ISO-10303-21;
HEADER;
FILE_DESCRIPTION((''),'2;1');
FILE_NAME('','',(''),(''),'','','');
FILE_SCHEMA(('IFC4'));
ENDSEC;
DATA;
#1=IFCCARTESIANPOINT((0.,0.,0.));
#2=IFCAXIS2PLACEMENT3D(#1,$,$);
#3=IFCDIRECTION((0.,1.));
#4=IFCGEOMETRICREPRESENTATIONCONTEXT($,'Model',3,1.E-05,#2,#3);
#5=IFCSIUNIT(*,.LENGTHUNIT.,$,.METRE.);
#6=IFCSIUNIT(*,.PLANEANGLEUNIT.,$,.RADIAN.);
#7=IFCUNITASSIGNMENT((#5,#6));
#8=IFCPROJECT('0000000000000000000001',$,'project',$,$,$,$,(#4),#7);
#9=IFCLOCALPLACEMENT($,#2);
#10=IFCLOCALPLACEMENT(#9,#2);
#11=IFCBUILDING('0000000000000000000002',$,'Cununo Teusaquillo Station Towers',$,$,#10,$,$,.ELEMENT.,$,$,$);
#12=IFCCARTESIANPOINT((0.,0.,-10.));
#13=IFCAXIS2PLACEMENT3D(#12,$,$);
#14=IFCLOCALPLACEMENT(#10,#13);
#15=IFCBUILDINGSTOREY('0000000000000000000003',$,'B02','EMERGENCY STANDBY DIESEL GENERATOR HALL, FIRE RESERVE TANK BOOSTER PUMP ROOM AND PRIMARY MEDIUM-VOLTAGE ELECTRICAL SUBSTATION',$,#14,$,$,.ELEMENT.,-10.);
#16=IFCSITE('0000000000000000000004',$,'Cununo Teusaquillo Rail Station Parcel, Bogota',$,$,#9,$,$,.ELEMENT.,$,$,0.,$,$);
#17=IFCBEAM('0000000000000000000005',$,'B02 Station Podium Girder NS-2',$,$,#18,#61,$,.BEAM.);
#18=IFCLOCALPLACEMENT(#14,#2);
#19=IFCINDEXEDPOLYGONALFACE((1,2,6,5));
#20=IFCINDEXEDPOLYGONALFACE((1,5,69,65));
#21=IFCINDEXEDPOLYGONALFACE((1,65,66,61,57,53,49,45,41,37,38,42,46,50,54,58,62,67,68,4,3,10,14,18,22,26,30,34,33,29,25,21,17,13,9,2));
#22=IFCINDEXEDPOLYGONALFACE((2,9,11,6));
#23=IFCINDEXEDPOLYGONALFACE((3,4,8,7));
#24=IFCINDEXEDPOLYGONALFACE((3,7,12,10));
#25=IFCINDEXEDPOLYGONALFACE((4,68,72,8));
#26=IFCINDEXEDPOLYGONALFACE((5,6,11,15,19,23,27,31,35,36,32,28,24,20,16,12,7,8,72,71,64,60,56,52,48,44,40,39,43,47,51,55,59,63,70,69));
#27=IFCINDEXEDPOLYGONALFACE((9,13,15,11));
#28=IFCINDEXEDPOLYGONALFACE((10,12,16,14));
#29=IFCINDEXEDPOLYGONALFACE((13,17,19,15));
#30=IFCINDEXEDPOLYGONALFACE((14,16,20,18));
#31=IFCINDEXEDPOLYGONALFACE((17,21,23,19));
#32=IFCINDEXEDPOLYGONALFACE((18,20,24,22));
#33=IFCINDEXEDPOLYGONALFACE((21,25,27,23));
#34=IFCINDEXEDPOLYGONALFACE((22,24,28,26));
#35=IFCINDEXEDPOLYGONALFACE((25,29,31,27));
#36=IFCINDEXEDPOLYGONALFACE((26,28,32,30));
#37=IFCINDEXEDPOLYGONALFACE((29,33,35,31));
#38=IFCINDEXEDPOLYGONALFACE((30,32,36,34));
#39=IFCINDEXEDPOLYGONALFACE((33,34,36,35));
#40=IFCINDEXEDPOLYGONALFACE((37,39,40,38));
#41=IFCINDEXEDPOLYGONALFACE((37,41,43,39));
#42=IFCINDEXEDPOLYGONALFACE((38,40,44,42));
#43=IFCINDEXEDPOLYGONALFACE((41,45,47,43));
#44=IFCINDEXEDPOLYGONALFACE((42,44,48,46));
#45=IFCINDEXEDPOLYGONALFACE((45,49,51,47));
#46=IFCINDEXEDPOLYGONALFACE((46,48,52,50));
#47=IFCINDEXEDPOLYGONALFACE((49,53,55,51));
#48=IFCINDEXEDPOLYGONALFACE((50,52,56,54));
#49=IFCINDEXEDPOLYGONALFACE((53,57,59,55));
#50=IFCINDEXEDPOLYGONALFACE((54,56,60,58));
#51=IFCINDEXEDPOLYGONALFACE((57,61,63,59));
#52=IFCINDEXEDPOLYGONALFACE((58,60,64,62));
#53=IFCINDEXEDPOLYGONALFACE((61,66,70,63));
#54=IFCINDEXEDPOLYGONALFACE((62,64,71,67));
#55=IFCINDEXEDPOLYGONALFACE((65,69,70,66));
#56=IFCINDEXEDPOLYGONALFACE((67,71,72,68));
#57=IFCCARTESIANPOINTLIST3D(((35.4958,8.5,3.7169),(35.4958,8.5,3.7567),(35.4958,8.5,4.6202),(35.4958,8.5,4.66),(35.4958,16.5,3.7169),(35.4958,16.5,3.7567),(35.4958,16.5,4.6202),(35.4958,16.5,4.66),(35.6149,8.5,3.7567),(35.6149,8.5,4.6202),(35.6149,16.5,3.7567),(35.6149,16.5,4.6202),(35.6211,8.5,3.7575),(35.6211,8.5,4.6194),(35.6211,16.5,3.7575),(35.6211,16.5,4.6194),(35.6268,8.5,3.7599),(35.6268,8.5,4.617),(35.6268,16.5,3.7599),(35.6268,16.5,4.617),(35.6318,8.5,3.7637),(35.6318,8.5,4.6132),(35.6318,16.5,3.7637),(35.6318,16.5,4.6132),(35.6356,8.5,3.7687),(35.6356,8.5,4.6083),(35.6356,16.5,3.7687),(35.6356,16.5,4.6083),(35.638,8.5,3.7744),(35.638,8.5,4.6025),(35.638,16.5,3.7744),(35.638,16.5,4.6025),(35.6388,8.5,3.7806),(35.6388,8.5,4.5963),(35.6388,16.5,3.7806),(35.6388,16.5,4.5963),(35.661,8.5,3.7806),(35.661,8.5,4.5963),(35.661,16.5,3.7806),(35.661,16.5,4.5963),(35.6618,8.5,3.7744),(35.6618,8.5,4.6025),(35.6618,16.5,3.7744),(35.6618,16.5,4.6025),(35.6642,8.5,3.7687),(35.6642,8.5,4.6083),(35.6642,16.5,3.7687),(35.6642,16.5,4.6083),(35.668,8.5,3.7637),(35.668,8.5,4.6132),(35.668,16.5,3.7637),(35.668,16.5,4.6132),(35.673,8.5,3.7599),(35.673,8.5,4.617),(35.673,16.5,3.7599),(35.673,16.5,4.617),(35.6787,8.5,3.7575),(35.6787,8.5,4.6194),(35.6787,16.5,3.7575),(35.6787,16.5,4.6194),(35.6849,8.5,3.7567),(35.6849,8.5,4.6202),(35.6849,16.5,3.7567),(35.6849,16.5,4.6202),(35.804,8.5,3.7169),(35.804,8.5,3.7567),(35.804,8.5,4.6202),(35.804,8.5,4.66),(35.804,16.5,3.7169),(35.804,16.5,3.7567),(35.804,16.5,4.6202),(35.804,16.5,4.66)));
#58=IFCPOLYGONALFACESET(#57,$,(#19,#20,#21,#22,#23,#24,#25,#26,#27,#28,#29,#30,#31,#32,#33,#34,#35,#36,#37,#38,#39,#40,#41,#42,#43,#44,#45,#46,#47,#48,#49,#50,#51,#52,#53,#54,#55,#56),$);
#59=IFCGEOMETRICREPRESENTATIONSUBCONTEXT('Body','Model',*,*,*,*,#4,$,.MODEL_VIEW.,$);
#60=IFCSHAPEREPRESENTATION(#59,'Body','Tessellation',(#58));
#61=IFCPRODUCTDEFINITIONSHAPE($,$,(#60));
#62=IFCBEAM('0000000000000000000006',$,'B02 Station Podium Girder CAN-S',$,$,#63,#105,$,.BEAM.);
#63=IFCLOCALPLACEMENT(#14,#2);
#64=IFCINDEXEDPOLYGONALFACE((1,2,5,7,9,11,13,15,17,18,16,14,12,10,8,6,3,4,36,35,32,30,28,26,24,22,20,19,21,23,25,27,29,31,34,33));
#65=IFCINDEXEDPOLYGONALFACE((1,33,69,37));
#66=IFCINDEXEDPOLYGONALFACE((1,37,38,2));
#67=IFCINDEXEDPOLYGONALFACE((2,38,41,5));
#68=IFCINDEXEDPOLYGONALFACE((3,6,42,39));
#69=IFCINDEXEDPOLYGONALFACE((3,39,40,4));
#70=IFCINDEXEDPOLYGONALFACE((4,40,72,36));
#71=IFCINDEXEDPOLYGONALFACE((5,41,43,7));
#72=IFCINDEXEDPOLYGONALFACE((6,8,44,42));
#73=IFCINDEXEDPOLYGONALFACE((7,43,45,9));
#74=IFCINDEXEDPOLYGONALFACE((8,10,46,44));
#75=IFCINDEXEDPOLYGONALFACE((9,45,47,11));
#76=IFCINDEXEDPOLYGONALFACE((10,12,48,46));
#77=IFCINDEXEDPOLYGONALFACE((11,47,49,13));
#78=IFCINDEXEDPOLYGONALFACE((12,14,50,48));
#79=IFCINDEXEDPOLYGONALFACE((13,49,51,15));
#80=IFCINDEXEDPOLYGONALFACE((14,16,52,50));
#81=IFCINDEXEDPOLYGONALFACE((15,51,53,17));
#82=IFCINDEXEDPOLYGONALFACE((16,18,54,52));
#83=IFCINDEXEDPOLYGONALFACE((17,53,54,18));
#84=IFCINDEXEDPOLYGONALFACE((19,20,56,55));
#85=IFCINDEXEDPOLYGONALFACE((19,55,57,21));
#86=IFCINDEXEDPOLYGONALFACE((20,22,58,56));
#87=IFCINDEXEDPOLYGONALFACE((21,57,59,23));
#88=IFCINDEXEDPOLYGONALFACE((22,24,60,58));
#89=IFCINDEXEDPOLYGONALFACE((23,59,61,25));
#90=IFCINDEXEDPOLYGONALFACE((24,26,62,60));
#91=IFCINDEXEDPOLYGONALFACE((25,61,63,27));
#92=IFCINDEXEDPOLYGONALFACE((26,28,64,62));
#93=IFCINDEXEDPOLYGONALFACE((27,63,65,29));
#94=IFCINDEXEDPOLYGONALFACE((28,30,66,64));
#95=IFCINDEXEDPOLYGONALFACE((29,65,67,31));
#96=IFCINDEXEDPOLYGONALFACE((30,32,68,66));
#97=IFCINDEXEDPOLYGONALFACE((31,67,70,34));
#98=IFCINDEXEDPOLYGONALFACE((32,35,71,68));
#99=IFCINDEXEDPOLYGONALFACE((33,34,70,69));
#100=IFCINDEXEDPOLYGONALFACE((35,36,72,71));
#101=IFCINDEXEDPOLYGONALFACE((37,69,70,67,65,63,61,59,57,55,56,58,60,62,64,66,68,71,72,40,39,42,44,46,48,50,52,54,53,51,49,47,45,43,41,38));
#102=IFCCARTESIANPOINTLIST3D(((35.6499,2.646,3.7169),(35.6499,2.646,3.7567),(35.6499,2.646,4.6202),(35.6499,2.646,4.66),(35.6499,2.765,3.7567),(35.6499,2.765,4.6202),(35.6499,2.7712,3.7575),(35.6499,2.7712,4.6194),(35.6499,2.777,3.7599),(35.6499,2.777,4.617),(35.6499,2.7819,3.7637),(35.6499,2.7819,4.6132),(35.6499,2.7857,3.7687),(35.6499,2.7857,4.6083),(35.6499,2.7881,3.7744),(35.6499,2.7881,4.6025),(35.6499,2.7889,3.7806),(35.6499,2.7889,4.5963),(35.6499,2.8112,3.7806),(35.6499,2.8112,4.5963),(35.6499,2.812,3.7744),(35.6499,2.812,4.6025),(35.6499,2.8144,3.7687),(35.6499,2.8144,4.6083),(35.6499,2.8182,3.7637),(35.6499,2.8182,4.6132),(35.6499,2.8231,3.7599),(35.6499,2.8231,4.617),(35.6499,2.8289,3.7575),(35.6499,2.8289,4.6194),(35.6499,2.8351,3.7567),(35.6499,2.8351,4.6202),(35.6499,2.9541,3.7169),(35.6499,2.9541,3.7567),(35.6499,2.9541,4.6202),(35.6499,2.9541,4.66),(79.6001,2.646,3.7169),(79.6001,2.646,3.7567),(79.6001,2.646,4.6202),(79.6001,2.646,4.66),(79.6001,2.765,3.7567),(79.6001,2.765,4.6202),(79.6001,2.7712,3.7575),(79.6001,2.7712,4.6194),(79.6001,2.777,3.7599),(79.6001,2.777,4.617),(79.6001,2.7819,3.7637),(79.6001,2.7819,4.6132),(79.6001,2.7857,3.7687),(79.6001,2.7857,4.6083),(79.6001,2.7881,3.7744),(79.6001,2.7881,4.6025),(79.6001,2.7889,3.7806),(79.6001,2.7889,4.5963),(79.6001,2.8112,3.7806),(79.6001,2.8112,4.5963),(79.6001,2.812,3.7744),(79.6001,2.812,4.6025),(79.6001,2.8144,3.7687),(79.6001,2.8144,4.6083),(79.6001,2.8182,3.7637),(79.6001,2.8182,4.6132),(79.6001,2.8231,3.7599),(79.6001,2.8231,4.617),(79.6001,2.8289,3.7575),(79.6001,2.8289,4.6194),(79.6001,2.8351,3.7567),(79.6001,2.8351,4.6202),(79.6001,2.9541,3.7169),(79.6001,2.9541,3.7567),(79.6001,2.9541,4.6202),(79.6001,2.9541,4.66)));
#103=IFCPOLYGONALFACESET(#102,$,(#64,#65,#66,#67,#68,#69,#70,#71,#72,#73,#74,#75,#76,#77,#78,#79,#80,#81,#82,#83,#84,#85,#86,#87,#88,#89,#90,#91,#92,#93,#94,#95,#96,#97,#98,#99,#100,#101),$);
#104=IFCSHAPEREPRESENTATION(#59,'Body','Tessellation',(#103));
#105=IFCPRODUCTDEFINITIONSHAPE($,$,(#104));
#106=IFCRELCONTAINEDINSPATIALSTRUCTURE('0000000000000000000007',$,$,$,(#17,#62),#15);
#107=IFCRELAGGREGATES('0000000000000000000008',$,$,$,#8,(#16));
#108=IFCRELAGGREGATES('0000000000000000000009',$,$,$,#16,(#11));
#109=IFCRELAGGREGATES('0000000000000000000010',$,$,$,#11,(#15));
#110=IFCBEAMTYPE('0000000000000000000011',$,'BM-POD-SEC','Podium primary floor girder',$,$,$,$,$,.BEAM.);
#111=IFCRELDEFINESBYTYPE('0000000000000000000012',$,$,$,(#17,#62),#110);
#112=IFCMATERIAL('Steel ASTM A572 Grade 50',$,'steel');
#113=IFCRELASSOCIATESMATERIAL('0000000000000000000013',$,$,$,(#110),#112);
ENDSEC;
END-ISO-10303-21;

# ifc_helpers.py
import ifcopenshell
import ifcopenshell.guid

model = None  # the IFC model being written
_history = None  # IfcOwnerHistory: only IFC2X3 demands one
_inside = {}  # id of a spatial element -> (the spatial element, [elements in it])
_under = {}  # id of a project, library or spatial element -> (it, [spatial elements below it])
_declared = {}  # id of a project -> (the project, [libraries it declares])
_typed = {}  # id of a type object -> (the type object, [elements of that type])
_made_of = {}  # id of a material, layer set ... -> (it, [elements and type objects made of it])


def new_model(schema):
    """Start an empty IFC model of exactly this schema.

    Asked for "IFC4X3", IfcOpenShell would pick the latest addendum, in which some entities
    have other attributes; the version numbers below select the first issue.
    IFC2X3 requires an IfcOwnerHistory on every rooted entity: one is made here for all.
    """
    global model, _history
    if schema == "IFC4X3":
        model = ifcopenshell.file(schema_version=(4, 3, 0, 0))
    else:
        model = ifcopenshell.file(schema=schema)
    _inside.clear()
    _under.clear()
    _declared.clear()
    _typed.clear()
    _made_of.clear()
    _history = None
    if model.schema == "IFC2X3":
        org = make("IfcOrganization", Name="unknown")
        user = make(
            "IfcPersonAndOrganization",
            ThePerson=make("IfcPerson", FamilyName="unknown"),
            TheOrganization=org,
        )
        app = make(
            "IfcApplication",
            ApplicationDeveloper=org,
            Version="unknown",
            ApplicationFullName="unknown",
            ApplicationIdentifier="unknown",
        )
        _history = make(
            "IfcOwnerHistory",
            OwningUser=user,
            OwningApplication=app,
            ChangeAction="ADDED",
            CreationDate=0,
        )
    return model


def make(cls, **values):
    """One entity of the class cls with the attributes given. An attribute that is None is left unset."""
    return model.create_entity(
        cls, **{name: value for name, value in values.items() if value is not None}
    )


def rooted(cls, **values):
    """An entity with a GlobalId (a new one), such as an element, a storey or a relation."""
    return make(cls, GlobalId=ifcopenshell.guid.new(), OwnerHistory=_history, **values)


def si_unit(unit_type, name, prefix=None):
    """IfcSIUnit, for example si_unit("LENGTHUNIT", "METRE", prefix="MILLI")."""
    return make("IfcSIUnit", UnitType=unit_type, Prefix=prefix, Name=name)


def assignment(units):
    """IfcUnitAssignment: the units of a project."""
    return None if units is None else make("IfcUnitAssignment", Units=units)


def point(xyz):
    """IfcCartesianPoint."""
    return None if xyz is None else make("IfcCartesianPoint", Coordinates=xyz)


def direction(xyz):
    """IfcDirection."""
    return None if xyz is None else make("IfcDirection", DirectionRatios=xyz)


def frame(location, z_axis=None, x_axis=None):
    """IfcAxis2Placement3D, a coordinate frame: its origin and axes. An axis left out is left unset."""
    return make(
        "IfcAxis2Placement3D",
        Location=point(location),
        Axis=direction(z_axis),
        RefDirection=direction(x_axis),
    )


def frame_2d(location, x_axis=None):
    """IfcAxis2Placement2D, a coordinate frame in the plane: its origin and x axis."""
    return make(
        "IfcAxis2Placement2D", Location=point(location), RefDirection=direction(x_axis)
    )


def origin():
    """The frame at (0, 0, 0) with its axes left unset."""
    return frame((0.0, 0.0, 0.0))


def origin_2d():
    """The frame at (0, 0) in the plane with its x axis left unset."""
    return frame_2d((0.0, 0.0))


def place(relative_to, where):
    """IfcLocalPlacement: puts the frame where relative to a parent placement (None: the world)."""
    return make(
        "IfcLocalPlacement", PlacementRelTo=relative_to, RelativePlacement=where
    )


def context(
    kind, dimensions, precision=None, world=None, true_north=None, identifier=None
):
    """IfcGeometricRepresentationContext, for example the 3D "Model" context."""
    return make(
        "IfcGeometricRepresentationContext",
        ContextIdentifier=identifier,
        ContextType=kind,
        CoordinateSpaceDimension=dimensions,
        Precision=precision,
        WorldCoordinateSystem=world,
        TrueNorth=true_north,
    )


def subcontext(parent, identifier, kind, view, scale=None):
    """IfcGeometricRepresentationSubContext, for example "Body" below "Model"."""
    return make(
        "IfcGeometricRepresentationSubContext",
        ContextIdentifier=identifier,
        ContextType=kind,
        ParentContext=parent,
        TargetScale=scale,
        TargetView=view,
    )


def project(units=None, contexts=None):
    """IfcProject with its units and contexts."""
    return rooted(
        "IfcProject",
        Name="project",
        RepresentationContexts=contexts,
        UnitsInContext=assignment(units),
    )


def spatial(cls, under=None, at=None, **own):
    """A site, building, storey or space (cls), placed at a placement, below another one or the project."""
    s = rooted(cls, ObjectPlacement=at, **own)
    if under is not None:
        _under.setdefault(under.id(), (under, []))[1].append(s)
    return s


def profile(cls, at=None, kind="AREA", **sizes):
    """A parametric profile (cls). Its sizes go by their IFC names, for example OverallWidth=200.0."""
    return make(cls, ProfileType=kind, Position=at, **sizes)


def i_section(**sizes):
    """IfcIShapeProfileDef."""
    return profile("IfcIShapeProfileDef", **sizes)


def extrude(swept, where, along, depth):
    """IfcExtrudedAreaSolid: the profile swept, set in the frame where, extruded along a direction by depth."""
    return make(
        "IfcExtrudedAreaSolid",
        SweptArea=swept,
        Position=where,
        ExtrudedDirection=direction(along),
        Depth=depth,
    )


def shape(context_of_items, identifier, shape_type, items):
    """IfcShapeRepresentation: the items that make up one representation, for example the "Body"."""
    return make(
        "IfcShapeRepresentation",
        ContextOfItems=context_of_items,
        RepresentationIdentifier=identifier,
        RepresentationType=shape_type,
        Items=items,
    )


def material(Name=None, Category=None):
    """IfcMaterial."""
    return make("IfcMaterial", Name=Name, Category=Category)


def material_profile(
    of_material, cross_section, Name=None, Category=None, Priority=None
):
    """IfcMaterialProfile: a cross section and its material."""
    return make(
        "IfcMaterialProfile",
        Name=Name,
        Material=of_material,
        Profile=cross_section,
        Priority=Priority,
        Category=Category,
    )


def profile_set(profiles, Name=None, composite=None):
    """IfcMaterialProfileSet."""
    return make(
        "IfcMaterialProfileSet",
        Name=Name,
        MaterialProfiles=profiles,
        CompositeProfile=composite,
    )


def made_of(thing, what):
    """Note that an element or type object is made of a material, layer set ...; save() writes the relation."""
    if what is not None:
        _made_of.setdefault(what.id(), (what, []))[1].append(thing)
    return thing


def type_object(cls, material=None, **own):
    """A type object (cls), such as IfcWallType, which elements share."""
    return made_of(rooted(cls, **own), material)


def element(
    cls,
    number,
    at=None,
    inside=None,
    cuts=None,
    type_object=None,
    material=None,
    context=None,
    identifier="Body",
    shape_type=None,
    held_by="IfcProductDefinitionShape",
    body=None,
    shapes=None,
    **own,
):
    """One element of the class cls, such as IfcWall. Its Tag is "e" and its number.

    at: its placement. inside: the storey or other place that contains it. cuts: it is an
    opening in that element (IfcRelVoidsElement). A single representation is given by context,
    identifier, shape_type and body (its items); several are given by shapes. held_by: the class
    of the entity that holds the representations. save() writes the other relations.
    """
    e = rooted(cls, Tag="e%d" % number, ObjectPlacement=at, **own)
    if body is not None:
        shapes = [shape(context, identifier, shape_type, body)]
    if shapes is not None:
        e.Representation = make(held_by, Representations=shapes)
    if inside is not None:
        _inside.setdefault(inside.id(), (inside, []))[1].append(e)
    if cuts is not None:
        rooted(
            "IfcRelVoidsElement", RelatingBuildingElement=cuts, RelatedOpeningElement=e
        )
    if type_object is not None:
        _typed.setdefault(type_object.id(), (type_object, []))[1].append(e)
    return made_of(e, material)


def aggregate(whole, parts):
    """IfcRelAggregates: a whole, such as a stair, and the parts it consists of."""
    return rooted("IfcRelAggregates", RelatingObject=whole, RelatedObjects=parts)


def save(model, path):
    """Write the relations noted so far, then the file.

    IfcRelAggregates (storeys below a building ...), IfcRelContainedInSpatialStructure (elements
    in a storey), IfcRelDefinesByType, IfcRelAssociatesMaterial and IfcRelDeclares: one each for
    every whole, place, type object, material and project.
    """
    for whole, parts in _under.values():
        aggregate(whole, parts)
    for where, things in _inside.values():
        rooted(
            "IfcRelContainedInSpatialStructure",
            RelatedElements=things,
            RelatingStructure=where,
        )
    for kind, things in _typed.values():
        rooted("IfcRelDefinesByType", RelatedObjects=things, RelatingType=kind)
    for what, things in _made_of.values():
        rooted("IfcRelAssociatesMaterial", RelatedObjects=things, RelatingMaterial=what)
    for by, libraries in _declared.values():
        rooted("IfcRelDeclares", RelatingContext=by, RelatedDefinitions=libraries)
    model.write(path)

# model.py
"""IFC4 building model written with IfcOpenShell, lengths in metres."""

from ifc_helpers import new_model, si_unit, direction, frame, origin, origin_2d, place, context, subcontext, project, spatial, i_section, extrude, material, material_profile, profile_set, type_object, element, save


model = new_model("IFC4")

# Units and contexts
model_context = context("Model", 3, precision=1e-05, world=origin(), true_north=direction((0.0, 1.0)))
body_context = subcontext(model_context, "Body", "Model", "MODEL_VIEW")
ifc_project = project(units=[si_unit("LENGTHUNIT", "METRE"), si_unit("PLANEANGLEUNIT", "RADIAN")], contexts=[model_context])

# Site, building, storey
site_placement = place(None, origin())
site = spatial("IfcSite", under=ifc_project, at=site_placement, Name="Cununo Teusaquillo Rail Station Parcel, Bogota", CompositionType="ELEMENT", RefElevation=0.0)
building_placement = place(site_placement, origin())
building = spatial("IfcBuilding", under=site, at=building_placement, Name="Cununo Teusaquillo Station Towers", CompositionType="ELEMENT")
storey_placement = place(building_placement, frame((0.0, 0.0, -10.0)))
storey = spatial("IfcBuildingStorey", under=building, at=storey_placement, Name="B02", Description="EMERGENCY STANDBY DIESEL GENERATOR HALL, FIRE RESERVE TANK BOOSTER PUMP ROOM AND PRIMARY MEDIUM-VOLTAGE ELECTRICAL SUBSTATION", CompositionType="ELEMENT", Elevation=-10.0)

# Beams
ifc_material_1 = material(Name="Steel ASTM A572 Grade 50", Category="steel")
ifc_material_profile_1 = material_profile(ifc_material_1, i_section(OverallWidth=0.3081, OverallDepth=0.9431, WebThickness=0.0222, FlangeThickness=0.0398, FilletRadius=0.0239, at=origin_2d()), Name="W36X232")
ifc_profile_set_1 = profile_set([ifc_material_profile_1], Name="Steel ASTM A572 Grade 50")
beam_type_1 = type_object("IfcBeamType", Name="BM-POD-SEC", Description="Podium primary floor girder", PredefinedType="BEAM", material=ifc_profile_set_1)
beam_1_placement = place(storey_placement, frame((35.6499, 8.5, 4.1885), z_axis=(0.0, 1.0, 0.0), x_axis=(-1.0, 0.0, 0.0)))
element("IfcBeam", 1, at=beam_1_placement, inside=storey, type_object=beam_type_1, Name="B02 Station Podium Girder NS-2", PredefinedType="BEAM", context=body_context, shape_type="SweptSolid", body=[
    extrude(i_section(OverallWidth=0.3081, OverallDepth=0.9431, WebThickness=0.0222, FlangeThickness=0.0398, FilletRadius=0.0239, at=origin_2d()), origin(), (0.0, 0.0, 1.0), 8.0),
])
beam_2_placement = place(storey_placement, frame((35.6499, 2.8, 4.1885), z_axis=(1.0, 0.0, 0.0), x_axis=(0.0, 1.0, 0.0)))
element("IfcBeam", 2, at=beam_2_placement, inside=storey, type_object=beam_type_1, Name="B02 Station Podium Girder CAN-S", PredefinedType="BEAM", context=body_context, shape_type="SweptSolid", body=[
    extrude(i_section(OverallWidth=0.3081, OverallDepth=0.9431, WebThickness=0.0222, FlangeThickness=0.0398, FilletRadius=0.0239, at=origin_2d()), origin(), (0.0, 0.0, 1.0), 43.9502),
])

save(model, "model.ifc")
